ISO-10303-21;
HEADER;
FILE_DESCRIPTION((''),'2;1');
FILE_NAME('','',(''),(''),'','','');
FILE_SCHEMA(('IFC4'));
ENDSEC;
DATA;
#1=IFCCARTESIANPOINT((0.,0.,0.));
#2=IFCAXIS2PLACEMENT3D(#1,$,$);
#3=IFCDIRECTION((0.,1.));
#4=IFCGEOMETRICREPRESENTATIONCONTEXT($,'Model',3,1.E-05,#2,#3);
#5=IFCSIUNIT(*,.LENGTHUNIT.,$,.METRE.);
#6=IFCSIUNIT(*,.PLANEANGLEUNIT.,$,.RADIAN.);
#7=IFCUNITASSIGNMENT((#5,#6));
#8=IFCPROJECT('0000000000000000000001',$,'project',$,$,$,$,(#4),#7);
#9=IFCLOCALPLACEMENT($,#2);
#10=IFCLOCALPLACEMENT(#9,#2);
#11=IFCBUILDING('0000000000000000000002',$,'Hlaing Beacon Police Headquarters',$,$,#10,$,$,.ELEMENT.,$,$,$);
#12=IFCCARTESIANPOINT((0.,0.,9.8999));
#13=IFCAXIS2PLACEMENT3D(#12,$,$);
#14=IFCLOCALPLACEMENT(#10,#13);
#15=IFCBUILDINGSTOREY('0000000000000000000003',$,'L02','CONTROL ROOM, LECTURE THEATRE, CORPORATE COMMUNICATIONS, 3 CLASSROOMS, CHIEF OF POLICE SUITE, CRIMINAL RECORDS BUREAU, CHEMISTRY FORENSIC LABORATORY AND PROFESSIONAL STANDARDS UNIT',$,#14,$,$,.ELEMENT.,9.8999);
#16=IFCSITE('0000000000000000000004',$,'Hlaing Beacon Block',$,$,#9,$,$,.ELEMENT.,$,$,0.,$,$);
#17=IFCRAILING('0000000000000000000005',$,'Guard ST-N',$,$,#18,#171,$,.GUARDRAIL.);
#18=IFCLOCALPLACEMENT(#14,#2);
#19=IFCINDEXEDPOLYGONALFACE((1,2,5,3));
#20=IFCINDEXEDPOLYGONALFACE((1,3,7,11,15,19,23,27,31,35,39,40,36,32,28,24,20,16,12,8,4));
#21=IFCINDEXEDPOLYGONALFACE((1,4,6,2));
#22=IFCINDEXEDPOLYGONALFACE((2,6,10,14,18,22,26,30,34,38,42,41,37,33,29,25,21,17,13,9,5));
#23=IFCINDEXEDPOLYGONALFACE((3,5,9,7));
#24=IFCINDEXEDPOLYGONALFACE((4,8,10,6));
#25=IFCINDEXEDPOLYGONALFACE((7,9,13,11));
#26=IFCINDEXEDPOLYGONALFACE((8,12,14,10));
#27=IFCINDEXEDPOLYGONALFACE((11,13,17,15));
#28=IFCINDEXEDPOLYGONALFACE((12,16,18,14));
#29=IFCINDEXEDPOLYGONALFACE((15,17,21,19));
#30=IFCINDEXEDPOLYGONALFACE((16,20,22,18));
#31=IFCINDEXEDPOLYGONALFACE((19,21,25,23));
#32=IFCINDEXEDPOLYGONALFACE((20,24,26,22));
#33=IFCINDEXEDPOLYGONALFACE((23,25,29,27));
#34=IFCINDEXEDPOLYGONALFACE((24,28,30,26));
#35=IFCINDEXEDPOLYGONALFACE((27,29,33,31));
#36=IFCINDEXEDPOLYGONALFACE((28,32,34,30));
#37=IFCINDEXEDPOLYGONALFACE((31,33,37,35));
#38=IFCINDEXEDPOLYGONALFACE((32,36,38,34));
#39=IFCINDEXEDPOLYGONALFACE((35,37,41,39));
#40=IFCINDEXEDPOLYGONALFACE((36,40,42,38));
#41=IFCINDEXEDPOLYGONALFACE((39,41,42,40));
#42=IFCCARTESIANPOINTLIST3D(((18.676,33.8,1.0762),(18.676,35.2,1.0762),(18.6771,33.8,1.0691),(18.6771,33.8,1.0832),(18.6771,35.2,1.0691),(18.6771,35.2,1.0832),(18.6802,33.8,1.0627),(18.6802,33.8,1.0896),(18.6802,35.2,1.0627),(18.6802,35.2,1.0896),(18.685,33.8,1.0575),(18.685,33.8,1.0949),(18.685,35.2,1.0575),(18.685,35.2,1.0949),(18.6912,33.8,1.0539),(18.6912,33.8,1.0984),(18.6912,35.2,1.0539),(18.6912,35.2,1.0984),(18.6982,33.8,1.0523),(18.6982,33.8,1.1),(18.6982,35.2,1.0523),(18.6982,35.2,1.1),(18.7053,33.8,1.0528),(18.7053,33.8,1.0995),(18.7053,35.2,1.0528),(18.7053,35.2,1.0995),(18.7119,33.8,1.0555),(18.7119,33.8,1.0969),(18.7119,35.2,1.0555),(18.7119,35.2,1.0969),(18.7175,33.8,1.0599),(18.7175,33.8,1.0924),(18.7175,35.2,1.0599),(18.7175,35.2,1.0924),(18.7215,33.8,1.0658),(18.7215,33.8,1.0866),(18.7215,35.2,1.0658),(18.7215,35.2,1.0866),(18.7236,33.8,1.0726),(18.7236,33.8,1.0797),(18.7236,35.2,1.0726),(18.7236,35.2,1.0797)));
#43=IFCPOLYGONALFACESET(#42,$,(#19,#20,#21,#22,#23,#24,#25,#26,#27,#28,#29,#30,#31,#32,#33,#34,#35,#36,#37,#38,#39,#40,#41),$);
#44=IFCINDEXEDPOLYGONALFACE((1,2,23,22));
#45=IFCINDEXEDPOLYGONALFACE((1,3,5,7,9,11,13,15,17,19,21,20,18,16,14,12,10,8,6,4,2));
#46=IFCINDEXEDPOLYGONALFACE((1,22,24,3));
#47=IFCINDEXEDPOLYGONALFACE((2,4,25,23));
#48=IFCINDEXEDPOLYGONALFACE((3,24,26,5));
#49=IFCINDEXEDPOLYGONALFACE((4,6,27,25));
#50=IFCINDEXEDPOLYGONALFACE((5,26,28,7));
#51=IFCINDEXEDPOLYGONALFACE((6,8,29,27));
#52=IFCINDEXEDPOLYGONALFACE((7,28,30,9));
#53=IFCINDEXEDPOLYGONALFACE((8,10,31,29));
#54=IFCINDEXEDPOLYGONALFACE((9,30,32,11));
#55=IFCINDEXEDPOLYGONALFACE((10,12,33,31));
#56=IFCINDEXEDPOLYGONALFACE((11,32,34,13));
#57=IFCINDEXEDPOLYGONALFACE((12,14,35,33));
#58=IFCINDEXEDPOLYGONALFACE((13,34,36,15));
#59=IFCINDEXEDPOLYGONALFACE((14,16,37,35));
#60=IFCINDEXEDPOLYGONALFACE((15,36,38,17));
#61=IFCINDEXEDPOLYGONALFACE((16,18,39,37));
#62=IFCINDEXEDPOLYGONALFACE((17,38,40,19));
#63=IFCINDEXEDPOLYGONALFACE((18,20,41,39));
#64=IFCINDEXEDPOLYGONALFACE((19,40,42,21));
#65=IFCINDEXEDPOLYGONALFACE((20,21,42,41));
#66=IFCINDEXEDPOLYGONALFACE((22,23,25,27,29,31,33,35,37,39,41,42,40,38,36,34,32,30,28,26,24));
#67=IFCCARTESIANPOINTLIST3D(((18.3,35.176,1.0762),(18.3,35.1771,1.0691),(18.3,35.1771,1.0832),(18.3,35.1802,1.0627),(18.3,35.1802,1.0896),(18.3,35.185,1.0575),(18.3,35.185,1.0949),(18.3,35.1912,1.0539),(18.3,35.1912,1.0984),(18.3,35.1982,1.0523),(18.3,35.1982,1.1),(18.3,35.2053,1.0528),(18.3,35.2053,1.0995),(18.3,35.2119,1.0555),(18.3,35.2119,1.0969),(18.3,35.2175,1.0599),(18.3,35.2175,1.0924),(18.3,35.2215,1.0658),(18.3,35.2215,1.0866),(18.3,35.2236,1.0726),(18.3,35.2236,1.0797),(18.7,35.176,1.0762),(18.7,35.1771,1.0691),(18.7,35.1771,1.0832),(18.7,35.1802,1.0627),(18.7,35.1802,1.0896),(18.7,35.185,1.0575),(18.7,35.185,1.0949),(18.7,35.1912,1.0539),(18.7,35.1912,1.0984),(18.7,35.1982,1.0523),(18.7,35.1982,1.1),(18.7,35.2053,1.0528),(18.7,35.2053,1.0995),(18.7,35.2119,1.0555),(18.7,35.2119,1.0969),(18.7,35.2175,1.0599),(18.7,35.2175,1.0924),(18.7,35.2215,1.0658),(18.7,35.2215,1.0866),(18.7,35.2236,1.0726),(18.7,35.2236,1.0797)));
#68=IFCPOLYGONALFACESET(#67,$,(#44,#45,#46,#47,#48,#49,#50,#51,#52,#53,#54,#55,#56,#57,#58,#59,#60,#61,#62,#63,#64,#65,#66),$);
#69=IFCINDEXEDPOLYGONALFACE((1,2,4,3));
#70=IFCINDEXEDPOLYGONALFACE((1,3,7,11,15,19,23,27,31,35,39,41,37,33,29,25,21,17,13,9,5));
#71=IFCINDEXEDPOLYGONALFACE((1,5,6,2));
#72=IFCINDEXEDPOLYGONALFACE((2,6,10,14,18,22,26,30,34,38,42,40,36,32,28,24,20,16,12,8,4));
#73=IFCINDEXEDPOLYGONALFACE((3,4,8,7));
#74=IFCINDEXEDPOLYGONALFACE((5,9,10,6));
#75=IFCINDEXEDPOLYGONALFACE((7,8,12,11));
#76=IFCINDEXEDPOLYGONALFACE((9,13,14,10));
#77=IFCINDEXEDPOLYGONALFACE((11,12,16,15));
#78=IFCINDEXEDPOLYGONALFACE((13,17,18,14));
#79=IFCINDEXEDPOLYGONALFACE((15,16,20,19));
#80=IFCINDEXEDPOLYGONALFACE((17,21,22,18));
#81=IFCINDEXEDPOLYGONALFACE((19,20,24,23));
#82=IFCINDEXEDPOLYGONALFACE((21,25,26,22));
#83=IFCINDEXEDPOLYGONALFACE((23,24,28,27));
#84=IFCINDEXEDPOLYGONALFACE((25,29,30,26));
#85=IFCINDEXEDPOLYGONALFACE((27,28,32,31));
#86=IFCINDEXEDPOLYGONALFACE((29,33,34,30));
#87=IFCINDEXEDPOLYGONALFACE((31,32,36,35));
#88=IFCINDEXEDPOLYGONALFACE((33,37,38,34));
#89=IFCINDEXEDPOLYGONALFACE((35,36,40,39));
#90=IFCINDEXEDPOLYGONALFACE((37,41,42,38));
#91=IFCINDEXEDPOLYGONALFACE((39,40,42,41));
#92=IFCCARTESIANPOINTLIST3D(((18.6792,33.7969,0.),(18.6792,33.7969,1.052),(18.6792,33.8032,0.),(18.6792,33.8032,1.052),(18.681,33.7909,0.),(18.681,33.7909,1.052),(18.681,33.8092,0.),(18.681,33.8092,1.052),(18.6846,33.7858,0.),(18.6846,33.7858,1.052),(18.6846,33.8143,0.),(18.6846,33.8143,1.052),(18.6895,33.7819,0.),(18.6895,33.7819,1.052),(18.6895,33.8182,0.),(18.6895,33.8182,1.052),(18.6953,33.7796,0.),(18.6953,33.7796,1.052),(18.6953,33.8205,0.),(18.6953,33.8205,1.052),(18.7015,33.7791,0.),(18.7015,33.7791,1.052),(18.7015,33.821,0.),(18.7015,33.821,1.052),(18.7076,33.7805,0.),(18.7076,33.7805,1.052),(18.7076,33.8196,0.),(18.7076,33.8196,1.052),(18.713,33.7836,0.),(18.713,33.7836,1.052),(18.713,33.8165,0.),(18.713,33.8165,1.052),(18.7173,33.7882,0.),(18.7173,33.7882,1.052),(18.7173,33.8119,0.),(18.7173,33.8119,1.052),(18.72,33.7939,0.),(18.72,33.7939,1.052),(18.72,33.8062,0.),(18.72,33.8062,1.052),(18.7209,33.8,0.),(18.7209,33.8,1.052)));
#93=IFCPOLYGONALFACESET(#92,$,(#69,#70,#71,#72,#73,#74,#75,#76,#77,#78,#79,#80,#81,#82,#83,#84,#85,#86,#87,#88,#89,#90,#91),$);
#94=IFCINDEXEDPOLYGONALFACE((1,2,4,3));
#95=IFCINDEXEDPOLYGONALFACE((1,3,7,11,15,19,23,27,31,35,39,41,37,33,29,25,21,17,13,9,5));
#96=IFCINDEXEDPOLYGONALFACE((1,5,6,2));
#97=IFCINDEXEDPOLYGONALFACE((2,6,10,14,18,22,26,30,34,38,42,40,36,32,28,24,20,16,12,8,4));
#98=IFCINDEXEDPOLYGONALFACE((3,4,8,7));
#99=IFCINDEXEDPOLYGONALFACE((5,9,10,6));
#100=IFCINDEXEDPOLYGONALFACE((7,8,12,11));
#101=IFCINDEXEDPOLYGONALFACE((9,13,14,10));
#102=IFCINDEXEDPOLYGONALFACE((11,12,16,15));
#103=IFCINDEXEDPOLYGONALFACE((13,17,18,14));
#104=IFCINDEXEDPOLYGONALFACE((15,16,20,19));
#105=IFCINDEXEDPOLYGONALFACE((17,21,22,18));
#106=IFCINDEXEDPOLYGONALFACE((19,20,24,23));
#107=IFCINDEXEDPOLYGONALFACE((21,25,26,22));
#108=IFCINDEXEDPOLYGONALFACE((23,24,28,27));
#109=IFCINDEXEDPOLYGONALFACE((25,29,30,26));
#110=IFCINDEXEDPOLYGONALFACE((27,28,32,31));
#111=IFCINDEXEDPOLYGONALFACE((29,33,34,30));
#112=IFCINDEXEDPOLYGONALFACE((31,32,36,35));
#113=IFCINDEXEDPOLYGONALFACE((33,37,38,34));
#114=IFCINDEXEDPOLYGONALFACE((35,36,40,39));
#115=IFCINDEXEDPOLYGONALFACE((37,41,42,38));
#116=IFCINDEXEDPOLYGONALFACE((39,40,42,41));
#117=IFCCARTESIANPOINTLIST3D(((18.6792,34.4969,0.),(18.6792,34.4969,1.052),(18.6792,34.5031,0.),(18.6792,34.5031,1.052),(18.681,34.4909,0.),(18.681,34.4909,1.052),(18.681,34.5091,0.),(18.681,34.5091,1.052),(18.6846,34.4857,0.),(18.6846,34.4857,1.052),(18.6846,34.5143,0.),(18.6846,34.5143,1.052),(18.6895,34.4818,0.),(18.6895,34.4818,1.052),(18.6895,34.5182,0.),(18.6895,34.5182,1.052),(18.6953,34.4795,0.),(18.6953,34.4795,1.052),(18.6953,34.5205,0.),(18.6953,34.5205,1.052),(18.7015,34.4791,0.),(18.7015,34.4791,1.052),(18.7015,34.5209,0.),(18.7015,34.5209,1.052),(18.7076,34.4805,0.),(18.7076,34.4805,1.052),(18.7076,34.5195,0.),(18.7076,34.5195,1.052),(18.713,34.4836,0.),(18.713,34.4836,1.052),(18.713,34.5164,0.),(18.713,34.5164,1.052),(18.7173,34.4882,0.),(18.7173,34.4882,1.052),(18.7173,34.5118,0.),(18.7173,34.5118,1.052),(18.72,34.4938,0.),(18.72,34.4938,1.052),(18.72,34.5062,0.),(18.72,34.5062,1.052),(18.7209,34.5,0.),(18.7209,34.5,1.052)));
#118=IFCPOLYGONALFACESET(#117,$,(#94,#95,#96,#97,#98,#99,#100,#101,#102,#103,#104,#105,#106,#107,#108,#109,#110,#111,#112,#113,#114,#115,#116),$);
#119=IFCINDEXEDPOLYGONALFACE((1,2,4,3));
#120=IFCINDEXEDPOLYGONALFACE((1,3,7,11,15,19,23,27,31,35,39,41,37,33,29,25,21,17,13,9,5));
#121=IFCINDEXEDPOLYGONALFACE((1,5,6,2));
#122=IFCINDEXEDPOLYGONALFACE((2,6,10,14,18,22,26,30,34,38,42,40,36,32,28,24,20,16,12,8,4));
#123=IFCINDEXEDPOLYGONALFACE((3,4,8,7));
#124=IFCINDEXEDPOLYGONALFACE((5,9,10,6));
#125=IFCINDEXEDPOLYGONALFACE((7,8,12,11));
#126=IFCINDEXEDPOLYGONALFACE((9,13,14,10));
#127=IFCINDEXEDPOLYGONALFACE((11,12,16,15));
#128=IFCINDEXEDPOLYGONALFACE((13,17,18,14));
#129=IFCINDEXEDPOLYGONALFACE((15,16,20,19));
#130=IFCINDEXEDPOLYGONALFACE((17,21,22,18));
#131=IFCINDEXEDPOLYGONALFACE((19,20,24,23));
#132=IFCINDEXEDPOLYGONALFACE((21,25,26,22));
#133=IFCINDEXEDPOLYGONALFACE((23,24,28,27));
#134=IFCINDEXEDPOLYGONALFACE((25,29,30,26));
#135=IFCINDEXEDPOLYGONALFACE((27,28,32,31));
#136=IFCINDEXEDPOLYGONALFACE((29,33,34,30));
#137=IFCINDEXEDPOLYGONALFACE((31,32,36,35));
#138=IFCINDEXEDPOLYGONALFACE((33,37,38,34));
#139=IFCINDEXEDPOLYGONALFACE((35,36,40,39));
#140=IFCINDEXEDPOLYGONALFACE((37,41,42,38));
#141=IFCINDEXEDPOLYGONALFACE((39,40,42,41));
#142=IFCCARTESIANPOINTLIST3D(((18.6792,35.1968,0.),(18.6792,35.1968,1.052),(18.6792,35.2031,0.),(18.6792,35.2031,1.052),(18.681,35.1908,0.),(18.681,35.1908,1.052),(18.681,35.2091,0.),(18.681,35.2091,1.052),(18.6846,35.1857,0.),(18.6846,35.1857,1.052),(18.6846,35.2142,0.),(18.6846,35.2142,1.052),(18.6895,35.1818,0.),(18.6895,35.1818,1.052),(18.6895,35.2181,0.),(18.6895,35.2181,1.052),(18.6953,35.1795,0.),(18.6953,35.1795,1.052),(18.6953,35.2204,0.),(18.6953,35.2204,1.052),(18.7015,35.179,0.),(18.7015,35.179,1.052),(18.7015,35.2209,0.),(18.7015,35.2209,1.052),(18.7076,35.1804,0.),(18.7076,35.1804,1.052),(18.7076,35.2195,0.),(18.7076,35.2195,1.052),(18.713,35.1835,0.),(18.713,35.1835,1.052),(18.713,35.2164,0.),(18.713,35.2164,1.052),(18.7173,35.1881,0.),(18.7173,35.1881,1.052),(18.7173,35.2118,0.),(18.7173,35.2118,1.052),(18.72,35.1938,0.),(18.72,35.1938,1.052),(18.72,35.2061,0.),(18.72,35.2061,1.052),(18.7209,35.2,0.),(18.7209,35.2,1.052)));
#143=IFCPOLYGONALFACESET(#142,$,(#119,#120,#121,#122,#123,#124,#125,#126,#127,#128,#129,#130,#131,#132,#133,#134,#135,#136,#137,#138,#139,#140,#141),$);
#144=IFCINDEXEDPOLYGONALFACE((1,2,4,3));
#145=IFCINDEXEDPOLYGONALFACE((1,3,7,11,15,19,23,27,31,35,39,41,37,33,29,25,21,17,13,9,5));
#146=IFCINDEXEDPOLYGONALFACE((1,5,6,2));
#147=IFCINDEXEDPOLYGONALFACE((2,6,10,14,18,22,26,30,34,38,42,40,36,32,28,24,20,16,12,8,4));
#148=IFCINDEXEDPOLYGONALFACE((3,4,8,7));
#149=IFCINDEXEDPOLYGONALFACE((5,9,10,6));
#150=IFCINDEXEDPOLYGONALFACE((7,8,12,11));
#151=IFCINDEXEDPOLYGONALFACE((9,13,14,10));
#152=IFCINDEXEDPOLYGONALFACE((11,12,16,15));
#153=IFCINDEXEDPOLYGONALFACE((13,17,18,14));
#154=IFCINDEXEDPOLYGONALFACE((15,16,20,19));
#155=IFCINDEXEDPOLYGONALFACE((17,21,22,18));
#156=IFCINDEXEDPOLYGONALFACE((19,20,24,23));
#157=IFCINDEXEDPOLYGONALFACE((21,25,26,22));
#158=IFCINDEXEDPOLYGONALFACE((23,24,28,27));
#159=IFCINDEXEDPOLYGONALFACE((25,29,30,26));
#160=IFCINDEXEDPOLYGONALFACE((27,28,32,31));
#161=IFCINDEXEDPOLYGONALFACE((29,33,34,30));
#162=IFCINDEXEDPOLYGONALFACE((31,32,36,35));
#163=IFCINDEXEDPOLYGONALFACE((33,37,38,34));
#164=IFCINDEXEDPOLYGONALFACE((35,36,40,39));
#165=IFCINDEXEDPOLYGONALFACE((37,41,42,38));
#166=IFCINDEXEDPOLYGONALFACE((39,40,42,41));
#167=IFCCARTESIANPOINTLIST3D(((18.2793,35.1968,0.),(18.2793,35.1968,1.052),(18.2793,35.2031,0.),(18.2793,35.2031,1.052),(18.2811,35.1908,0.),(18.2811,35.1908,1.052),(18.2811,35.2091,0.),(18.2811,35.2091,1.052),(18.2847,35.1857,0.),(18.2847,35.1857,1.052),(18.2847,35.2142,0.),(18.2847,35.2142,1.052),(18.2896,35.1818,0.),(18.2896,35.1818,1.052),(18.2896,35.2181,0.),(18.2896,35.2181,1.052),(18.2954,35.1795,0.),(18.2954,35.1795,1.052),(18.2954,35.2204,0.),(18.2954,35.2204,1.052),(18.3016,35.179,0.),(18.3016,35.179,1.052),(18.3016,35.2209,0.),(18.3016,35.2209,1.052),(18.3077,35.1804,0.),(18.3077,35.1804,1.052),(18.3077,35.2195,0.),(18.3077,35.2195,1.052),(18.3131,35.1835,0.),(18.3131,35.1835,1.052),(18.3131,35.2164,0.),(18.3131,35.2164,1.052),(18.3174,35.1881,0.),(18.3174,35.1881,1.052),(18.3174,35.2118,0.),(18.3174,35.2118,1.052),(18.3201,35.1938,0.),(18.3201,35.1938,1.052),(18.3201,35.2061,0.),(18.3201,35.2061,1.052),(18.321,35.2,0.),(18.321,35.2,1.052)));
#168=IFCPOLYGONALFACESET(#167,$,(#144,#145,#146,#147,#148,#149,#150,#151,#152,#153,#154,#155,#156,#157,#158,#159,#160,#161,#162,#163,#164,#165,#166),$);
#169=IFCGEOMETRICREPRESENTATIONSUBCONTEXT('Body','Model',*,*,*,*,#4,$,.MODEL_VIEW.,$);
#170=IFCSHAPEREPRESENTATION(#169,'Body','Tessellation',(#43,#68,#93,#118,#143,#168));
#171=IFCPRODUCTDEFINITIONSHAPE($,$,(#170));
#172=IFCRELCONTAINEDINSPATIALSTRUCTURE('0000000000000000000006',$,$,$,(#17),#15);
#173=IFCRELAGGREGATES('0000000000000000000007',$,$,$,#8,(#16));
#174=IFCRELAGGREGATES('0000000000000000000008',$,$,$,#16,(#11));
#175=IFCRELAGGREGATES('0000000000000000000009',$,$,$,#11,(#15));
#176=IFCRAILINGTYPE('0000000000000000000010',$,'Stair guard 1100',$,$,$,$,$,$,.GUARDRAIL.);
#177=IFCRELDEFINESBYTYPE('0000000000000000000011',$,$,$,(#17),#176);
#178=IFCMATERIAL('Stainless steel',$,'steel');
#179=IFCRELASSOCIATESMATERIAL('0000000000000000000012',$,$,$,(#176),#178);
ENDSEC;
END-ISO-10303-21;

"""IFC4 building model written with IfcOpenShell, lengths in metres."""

from ifc_helpers import new_model, si_unit, direction, frame, origin, origin_2d, place, context, subcontext, project, spatial, circle, extrude, material, type_object, element, save


model = new_model("IFC4")

# Units and contexts
model_context = context("Model", 3, precision=1e-05, world=origin(), true_north=direction((0.0, 1.0)))
body_context = subcontext(model_context, "Body", "Model", "MODEL_VIEW")
ifc_project = project(units=[si_unit("LENGTHUNIT", "METRE"), si_unit("PLANEANGLEUNIT", "RADIAN")], contexts=[model_context])

# Site, building, storey
site_placement = place(None, origin())
site = spatial("IfcSite", under=ifc_project, at=site_placement, Name="Hlaing Beacon Block", CompositionType="ELEMENT", RefElevation=0.0)
building_placement = place(site_placement, origin())
building = spatial("IfcBuilding", under=site, at=building_placement, Name="Hlaing Beacon Police Headquarters", CompositionType="ELEMENT")
storey_placement = place(building_placement, frame((0.0, 0.0, 9.8999)))
storey = spatial("IfcBuildingStorey", under=building, at=storey_placement, Name="L02", Description="CONTROL ROOM, LECTURE THEATRE, CORPORATE COMMUNICATIONS, 3 CLASSROOMS, CHIEF OF POLICE SUITE, CRIMINAL RECORDS BUREAU, CHEMISTRY FORENSIC LABORATORY AND PROFESSIONAL STANDARDS UNIT", CompositionType="ELEMENT", Elevation=9.8999)

# Railing
ifc_material_1 = material(Name="Stainless steel", Category="steel")
railing_type_1 = type_object("IfcRailingType", Name="Stair guard 1100", PredefinedType="GUARDRAIL", material=ifc_material_1)
railing_placement = place(storey_placement, frame((18.7, 33.8, 0.0)))
element("IfcRailing", 1, at=railing_placement, inside=storey, type_object=railing_type_1, Name="Guard ST-N", PredefinedType="GUARDRAIL", context=body_context, shape_type="SweptSolid", body=[
    extrude(circle(Radius=0.0239, at=origin_2d()), frame((0.0, 0.0, 1.0762), z_axis=(0.0, 1.0, 0.0), x_axis=(-1.0, 0.0, 0.0)), (0.0, 0.0, 1.0), 1.3999),
    extrude(circle(Radius=0.0239, at=origin_2d()), frame((0.0, 1.3999, 1.0762), z_axis=(-1.0, 0.0, 0.0), x_axis=(0.0, -1.0, 0.0)), (0.0, 0.0, 1.0), 0.3999),
    extrude(circle(Radius=0.021, at=origin_2d()), origin(), (0.0, 0.0, 1.0), 1.052),
    extrude(circle(Radius=0.021, at=origin_2d()), frame((0.0, 0.7, 0.0)), (0.0, 0.0, 1.0), 1.052),
    extrude(circle(Radius=0.021, at=origin_2d()), frame((0.0, 1.3999, 0.0)), (0.0, 0.0, 1.0), 1.052),
    extrude(circle(Radius=0.021, at=origin_2d()), frame((-0.3999, 1.3999, 0.0)), (0.0, 0.0, 1.0), 1.052),
])

save(model, "model.ifc")
